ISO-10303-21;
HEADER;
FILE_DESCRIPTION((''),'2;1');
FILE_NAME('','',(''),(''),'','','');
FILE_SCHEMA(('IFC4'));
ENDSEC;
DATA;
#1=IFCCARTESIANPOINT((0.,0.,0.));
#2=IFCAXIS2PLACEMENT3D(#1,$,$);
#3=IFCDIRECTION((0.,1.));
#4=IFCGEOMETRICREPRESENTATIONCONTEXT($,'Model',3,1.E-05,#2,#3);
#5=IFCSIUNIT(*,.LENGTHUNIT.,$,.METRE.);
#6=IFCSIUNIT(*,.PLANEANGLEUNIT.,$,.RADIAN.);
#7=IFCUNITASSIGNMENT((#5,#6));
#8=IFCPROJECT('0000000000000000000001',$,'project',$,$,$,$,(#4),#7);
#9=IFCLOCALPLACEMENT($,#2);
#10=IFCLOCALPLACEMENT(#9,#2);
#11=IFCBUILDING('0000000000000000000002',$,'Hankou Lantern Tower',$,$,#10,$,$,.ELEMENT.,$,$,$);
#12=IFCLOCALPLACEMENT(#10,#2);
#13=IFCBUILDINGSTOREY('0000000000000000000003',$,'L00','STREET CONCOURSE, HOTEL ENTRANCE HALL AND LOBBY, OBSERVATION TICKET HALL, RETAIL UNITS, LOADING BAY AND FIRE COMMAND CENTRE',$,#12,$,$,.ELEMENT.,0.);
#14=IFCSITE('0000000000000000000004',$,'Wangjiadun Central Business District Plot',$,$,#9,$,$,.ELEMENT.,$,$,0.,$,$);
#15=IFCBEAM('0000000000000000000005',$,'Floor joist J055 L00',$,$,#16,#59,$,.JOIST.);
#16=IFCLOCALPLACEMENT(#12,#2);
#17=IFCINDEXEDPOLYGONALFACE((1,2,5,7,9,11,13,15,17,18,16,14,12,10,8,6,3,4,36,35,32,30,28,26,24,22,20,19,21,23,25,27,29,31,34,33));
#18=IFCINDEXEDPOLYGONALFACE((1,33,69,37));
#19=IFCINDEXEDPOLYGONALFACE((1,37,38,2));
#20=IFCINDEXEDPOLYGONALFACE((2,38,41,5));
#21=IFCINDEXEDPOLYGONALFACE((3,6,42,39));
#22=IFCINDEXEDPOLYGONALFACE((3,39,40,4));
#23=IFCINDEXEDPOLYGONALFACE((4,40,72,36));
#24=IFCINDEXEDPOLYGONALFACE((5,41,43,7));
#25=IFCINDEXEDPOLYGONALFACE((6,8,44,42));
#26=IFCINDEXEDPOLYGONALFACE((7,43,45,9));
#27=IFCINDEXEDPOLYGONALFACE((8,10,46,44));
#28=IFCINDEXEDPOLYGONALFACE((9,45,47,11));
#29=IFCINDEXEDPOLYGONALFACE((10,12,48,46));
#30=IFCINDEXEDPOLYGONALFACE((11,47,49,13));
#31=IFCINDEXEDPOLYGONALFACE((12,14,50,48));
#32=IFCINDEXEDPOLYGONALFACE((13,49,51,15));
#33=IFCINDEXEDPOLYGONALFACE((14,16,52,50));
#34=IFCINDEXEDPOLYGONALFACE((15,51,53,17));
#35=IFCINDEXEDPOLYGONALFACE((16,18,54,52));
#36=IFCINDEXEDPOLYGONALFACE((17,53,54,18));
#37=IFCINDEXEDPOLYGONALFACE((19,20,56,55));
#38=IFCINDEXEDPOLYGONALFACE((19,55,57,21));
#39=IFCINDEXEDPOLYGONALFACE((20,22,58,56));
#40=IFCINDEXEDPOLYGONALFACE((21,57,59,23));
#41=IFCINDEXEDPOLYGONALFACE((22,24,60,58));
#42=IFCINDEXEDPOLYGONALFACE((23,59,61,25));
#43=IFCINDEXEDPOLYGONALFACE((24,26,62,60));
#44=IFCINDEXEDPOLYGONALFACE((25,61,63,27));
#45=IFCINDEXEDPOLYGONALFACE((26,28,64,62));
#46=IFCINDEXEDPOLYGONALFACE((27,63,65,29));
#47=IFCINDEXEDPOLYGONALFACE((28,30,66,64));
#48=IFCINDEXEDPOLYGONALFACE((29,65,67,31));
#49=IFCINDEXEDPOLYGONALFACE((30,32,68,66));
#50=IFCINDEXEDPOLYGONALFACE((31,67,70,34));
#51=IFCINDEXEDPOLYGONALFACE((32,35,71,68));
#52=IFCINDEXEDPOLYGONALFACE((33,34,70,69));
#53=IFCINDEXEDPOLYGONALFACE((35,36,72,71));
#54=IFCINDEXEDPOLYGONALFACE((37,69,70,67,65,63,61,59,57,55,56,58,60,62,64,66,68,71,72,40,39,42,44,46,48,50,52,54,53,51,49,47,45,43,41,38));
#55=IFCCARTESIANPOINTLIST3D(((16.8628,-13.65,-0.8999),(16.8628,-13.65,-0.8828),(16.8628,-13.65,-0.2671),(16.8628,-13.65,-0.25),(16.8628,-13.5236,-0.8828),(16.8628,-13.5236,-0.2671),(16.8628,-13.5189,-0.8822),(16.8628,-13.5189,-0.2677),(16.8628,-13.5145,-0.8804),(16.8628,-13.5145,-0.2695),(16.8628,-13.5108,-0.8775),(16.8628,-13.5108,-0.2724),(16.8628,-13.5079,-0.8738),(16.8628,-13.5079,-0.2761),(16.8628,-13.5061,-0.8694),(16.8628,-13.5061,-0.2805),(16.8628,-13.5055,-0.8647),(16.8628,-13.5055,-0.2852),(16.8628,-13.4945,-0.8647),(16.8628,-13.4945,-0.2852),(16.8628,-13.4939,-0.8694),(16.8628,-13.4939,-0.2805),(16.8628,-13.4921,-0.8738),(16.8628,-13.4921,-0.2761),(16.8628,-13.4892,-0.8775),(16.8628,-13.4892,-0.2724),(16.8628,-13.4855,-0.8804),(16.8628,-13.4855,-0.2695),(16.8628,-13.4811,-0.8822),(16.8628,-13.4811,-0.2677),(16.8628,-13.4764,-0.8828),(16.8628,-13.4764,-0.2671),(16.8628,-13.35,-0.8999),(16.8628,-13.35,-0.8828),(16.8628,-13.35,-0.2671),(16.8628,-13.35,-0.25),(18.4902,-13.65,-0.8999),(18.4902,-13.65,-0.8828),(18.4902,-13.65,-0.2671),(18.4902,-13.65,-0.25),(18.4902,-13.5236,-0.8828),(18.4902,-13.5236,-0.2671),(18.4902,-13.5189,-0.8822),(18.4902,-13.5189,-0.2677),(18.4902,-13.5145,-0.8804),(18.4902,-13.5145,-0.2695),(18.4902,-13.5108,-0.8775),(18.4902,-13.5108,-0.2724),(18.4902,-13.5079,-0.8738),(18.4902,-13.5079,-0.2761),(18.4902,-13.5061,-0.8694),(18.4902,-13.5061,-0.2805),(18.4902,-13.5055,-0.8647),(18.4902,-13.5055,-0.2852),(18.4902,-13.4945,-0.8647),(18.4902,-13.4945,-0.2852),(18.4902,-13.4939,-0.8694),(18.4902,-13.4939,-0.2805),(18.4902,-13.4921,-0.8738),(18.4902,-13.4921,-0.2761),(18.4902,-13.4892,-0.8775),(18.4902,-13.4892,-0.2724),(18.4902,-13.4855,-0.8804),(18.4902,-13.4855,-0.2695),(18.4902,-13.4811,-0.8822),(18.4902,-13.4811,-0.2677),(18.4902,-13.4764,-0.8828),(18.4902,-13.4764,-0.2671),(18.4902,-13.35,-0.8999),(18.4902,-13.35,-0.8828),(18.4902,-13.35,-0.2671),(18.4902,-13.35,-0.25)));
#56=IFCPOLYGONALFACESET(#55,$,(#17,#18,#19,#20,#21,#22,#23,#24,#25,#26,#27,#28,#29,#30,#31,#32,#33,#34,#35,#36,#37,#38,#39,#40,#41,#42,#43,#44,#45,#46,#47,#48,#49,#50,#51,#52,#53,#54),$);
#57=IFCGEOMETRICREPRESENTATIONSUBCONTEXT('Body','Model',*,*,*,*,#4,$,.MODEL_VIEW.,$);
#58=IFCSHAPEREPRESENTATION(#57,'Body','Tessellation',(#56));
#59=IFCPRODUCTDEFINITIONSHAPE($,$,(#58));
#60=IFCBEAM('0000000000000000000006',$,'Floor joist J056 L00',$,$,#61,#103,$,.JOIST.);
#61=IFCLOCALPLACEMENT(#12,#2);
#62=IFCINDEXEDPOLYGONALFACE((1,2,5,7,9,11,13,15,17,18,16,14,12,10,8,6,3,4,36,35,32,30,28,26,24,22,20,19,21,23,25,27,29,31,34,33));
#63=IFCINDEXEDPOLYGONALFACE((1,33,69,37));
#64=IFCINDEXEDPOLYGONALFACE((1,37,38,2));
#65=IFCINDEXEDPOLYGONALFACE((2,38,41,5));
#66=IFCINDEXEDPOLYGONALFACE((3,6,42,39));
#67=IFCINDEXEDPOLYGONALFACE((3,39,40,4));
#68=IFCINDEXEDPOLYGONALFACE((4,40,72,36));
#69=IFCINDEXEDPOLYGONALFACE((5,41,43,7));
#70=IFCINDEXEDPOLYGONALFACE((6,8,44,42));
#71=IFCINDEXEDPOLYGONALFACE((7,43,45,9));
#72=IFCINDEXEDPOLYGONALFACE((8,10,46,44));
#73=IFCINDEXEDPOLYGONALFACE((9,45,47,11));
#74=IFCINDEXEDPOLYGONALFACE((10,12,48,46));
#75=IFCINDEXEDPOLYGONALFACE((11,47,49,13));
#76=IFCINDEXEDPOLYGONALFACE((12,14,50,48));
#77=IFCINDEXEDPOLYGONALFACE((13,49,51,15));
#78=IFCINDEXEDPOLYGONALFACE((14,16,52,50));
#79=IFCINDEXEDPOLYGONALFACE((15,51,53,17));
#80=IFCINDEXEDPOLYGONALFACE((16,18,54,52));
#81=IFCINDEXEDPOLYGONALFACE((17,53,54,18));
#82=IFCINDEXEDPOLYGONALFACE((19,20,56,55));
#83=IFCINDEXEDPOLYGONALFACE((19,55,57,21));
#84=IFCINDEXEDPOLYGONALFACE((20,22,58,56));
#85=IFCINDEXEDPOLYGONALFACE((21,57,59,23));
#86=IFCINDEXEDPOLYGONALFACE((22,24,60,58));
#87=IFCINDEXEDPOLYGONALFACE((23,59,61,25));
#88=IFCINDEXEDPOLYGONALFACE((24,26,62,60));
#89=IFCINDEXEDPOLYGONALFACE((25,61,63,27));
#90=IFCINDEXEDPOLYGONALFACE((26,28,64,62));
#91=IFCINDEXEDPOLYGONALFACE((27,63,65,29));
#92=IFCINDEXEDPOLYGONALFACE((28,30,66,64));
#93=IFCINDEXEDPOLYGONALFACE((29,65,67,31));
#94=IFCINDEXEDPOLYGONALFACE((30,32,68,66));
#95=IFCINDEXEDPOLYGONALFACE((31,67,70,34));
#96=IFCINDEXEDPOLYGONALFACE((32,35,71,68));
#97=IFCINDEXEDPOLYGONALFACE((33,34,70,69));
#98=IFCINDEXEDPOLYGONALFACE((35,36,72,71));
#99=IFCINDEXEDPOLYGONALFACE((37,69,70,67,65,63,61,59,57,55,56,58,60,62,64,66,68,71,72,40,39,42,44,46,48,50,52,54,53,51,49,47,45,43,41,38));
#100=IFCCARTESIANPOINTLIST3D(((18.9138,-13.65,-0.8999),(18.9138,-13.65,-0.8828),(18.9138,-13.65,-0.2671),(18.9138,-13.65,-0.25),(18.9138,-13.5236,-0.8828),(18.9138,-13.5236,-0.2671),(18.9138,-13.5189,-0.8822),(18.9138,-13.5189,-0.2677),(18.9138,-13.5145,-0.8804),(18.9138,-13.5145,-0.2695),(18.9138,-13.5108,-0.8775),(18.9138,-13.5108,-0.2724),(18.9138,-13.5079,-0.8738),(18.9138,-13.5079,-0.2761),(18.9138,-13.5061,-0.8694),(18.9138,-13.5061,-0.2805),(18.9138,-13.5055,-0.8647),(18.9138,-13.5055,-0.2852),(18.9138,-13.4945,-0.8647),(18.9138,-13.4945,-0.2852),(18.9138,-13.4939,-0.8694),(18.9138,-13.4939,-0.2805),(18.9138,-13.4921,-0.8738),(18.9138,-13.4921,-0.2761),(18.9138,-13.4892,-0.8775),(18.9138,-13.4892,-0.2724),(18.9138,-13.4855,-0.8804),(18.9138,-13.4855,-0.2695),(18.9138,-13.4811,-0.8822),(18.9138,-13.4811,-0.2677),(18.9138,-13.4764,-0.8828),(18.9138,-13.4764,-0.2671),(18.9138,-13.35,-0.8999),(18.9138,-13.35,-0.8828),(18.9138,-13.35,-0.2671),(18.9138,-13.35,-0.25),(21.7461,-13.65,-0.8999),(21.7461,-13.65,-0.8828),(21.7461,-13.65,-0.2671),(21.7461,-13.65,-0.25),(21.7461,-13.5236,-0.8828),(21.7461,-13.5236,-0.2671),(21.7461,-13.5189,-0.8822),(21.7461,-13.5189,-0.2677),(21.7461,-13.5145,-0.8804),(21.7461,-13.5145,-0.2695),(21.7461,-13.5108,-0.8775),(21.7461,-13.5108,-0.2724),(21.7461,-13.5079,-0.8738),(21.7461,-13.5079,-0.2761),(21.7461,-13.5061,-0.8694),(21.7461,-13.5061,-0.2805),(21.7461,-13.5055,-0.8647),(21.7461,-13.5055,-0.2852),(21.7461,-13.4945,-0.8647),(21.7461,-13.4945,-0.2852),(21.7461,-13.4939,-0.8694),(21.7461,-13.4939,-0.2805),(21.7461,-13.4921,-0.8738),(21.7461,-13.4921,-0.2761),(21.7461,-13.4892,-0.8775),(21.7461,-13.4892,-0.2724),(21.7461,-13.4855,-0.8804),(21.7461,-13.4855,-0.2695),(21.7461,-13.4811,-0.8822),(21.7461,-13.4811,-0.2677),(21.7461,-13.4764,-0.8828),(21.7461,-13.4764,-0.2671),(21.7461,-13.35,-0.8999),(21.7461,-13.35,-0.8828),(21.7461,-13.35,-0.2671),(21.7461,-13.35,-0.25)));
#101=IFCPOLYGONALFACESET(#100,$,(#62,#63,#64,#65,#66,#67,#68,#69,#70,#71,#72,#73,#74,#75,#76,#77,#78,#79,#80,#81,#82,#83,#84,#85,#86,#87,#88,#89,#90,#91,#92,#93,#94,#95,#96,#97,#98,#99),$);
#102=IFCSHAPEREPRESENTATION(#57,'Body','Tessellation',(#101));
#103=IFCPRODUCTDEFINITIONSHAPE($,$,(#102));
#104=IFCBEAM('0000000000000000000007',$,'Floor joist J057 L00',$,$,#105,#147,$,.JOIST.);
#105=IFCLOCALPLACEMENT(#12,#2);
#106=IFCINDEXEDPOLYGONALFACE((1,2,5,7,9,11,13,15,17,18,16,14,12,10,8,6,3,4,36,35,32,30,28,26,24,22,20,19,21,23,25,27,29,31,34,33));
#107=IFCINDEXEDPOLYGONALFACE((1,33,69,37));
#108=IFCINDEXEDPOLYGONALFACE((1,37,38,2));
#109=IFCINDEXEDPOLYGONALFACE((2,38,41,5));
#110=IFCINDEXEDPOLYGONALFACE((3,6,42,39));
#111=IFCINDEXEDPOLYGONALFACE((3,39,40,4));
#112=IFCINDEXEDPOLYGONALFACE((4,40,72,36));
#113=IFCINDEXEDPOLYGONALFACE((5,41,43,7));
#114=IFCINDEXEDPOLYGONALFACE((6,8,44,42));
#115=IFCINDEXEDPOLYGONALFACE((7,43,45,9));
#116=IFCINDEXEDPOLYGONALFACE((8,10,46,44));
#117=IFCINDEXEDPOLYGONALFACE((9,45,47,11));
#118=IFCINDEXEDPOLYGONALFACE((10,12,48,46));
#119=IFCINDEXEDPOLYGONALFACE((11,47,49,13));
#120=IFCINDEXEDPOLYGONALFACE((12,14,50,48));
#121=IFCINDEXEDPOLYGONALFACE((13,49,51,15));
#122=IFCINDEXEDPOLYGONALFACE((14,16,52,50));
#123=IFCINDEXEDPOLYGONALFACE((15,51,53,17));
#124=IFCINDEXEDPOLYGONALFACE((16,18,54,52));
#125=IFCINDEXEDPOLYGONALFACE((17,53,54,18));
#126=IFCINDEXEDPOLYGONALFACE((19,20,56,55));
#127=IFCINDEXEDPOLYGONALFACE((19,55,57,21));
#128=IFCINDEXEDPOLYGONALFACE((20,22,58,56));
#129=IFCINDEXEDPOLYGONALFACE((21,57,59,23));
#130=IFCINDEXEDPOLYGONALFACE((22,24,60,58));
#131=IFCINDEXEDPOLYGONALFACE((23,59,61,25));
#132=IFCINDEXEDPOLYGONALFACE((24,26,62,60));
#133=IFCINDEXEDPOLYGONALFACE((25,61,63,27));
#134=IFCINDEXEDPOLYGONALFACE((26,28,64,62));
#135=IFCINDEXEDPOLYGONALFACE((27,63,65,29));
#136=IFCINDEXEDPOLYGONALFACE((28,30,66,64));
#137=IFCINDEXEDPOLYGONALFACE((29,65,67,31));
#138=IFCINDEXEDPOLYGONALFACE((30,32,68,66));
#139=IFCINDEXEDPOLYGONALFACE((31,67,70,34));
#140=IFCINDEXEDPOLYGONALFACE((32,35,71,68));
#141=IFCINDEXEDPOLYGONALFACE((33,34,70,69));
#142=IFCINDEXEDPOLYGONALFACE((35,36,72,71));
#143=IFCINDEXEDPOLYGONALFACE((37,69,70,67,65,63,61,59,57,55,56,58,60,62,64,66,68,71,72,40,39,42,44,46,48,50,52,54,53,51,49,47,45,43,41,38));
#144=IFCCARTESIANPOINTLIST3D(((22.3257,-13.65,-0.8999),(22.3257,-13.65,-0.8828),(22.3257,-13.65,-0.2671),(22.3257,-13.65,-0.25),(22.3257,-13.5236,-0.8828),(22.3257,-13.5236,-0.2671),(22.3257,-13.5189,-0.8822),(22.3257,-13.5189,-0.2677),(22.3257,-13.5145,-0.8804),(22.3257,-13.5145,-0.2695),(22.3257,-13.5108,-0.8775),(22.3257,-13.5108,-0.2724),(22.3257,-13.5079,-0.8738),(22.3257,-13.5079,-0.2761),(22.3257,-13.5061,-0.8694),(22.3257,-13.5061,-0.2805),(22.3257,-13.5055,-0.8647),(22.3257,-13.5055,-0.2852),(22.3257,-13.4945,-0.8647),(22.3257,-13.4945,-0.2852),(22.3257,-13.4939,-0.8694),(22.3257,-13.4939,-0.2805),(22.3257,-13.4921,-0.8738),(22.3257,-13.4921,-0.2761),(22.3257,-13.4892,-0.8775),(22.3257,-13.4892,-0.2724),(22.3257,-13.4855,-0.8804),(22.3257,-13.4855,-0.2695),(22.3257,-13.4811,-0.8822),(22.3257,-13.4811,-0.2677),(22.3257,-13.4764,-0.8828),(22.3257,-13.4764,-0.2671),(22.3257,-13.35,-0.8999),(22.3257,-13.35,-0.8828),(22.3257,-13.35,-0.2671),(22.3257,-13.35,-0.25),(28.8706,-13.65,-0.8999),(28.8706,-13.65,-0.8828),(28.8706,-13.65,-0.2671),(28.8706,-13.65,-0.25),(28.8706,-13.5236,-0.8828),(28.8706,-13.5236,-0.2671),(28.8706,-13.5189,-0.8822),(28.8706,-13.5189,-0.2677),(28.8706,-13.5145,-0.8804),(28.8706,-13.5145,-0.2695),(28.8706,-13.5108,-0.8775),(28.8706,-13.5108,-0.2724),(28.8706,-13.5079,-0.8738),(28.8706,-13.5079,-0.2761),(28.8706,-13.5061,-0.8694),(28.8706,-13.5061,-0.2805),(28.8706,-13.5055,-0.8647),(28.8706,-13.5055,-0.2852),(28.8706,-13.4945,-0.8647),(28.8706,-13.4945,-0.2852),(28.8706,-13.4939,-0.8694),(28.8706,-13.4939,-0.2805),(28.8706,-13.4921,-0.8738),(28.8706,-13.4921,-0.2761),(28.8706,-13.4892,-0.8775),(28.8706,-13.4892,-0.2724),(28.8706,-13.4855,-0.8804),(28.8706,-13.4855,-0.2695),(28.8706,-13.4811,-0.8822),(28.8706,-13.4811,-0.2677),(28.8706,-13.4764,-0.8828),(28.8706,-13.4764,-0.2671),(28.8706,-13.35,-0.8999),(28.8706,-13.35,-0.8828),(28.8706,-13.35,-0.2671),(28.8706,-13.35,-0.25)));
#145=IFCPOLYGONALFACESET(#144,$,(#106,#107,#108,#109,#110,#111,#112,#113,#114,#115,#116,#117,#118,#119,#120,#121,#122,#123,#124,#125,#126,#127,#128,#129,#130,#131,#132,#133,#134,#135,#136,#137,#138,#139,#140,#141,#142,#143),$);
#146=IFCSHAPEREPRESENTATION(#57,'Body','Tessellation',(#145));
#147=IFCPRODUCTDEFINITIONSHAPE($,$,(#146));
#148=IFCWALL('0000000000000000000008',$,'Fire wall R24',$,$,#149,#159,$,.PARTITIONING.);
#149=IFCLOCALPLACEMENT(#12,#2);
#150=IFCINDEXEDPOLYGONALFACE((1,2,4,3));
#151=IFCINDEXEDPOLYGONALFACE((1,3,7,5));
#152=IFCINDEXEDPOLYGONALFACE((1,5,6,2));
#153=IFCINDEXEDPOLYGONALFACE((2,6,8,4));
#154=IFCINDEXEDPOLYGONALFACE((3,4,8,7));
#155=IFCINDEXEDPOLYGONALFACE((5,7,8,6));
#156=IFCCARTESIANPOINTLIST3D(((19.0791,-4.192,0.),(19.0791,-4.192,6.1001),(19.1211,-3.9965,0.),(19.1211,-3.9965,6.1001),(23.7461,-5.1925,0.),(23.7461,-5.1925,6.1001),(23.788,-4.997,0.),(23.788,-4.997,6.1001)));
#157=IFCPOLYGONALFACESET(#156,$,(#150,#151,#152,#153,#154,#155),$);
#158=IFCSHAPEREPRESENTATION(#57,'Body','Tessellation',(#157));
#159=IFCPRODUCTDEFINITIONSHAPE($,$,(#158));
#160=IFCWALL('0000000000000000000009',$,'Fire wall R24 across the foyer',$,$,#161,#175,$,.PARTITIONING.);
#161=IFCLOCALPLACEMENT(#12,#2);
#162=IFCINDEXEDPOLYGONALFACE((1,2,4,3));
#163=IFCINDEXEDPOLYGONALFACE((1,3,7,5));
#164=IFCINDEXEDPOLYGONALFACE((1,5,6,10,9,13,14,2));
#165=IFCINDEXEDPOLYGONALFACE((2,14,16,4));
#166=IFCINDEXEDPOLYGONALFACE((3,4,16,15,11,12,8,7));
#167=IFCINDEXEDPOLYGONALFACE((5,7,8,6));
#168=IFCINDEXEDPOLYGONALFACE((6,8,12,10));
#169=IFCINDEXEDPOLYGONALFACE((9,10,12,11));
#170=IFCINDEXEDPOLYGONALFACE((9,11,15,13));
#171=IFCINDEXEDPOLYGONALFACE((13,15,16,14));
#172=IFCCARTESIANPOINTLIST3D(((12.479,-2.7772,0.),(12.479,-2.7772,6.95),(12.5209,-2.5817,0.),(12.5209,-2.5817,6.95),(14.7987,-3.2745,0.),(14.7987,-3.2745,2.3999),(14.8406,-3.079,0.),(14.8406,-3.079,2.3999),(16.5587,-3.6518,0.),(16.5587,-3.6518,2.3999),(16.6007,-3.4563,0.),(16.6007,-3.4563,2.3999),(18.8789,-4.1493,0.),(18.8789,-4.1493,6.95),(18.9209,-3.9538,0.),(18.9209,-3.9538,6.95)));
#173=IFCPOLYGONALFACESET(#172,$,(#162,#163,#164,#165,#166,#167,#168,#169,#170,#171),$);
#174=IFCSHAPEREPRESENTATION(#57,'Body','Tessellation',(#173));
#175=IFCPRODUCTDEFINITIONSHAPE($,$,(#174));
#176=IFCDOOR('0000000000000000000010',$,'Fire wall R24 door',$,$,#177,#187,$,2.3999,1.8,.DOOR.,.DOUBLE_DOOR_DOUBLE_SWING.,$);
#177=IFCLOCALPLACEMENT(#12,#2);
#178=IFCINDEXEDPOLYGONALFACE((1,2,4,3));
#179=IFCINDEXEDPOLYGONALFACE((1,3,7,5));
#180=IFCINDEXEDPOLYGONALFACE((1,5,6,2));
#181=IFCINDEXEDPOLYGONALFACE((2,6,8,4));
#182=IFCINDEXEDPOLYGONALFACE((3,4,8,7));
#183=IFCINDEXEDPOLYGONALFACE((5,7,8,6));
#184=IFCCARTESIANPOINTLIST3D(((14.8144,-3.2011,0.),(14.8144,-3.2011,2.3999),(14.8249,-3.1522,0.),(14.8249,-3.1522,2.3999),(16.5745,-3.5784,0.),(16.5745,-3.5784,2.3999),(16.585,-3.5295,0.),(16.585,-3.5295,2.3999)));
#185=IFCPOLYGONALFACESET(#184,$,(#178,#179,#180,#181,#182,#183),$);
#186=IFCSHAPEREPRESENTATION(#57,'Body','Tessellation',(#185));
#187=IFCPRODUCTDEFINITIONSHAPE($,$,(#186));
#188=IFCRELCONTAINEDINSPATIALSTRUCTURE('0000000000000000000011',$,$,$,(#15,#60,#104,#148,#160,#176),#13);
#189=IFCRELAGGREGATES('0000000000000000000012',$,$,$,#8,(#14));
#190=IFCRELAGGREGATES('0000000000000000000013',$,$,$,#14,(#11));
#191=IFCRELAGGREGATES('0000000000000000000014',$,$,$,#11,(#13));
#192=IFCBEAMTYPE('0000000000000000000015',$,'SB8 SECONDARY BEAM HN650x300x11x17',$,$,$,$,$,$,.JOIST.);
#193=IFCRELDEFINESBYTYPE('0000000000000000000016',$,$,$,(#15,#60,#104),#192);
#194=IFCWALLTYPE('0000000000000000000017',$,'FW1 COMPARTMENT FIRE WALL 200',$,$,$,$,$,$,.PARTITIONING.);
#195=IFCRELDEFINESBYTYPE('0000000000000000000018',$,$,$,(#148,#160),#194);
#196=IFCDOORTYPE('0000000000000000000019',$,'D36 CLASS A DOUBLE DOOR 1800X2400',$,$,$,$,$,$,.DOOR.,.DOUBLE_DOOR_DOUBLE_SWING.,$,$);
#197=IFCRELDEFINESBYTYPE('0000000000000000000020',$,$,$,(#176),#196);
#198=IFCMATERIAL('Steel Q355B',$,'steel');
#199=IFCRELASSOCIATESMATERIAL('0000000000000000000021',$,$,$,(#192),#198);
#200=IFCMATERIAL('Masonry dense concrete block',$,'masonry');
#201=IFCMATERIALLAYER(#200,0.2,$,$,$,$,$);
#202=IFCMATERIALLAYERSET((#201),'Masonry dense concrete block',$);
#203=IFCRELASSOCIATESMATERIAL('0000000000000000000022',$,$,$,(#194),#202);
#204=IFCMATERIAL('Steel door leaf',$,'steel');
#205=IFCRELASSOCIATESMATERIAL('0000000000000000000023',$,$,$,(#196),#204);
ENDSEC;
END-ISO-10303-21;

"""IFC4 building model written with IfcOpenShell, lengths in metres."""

from ifc_helpers import new_model, si_unit, direction, frame, frame_2d, origin, origin_2d, place, context, subcontext, project, spatial, rectangle, i_section, extrude, material, layer, layer_set, material_profile, profile_set, type_object, element, fill, save


model = new_model("IFC4")

# Units and contexts
model_context = context("Model", 3, precision=1e-05, world=origin(), true_north=direction((0.0, 1.0)))
body_context = subcontext(model_context, "Body", "Model", "MODEL_VIEW")
ifc_project = project(units=[si_unit("LENGTHUNIT", "METRE"), si_unit("PLANEANGLEUNIT", "RADIAN")], contexts=[model_context])

# Site, building, storey
site_placement = place(None, origin())
site = spatial("IfcSite", under=ifc_project, at=site_placement, Name="Wangjiadun Central Business District Plot", CompositionType="ELEMENT", RefElevation=0.0)
building_placement = place(site_placement, origin())
building = spatial("IfcBuilding", under=site, at=building_placement, Name="Hankou Lantern Tower", CompositionType="ELEMENT")
storey_placement = place(building_placement, origin())
storey = spatial("IfcBuildingStorey", under=building, at=storey_placement, Name="L00", Description="STREET CONCOURSE, HOTEL ENTRANCE HALL AND LOBBY, OBSERVATION TICKET HALL, RETAIL UNITS, LOADING BAY AND FIRE COMMAND CENTRE", CompositionType="ELEMENT", Elevation=0.0)

# Beams
ifc_material_1 = material(Name="Steel Q355B", Category="steel")
ifc_material_profile_1 = material_profile(ifc_material_1, i_section(OverallWidth=0.3, OverallDepth=0.6499, WebThickness=0.011, FlangeThickness=0.0171, FilletRadius=0.0181, at=origin_2d()), Name="HN650x300x11x17")
ifc_profile_set_1 = profile_set([ifc_material_profile_1], Name="Steel Q355B")
beam_type_1 = type_object("IfcBeamType", Name="SB8 SECONDARY BEAM HN650x300x11x17", PredefinedType="JOIST", material=ifc_profile_set_1)
beam_1_placement = place(storey_placement, frame((16.8628, -13.5, -0.575), z_axis=(1.0, 0.0, 0.0), x_axis=(0.0, 1.0, 0.0)))
element("IfcBeam", 1, at=beam_1_placement, inside=storey, type_object=beam_type_1, Name="Floor joist J055 L00", PredefinedType="JOIST", context=body_context, shape_type="SweptSolid", body=[
    extrude(i_section(OverallWidth=0.3, OverallDepth=0.6499, WebThickness=0.011, FlangeThickness=0.0171, FilletRadius=0.0181, at=origin_2d()), origin(), (0.0, 0.0, 1.0), 1.6274),
])
beam_2_placement = place(storey_placement, frame((18.9138, -13.5, -0.575), z_axis=(1.0, 0.0, 0.0), x_axis=(0.0, 1.0, 0.0)))
element("IfcBeam", 2, at=beam_2_placement, inside=storey, type_object=beam_type_1, Name="Floor joist J056 L00", PredefinedType="JOIST", context=body_context, shape_type="SweptSolid", body=[
    extrude(i_section(OverallWidth=0.3, OverallDepth=0.6499, WebThickness=0.011, FlangeThickness=0.0171, FilletRadius=0.0181, at=origin_2d()), origin(), (0.0, 0.0, 1.0), 2.8323),
])
beam_3_placement = place(storey_placement, frame((22.3257, -13.5, -0.575), z_axis=(1.0, 0.0, 0.0), x_axis=(0.0, 1.0, 0.0)))
element("IfcBeam", 3, at=beam_3_placement, inside=storey, type_object=beam_type_1, Name="Floor joist J057 L00", PredefinedType="JOIST", context=body_context, shape_type="SweptSolid", body=[
    extrude(i_section(OverallWidth=0.3, OverallDepth=0.6499, WebThickness=0.011, FlangeThickness=0.0171, FilletRadius=0.0181, at=origin_2d()), origin(), (0.0, 0.0, 1.0), 6.5449),
])

# Wall
ifc_material_2 = material(Name="Masonry dense concrete block", Category="masonry")
ifc_layer_1 = layer(ifc_material_2, 0.2)
ifc_layer_set_1 = layer_set([ifc_layer_1], Name="Masonry dense concrete block")
wall_type_1 = type_object("IfcWallType", Name="FW1 COMPARTMENT FIRE WALL 200", PredefinedType="PARTITIONING", material=ifc_layer_set_1)
wall_1_placement = place(storey_placement, frame((19.1001, -4.0942, 0.0), z_axis=(0.0, 0.0, 1.0), x_axis=(0.977784, -0.209613, 0.0)))
element("IfcWall", 4, at=wall_1_placement, inside=storey, type_object=wall_type_1, Name="Fire wall R24", PredefinedType="PARTITIONING", context=body_context, shape_type="SweptSolid", body=[
    extrude(rectangle(XDim=4.7729, YDim=0.2, at=frame_2d((2.3865, 0.0))), origin(), (0.0, 0.0, 1.0), 6.1001),
])

# Wall, opening, door
wall_2_placement = place(storey_placement, frame((18.8999, -4.0515, 0.0), z_axis=(0.0, 0.0, 1.0), x_axis=(-0.977782, 0.209626, 0.0)))
wall_2 = element("IfcWall", 5, at=wall_2_placement, inside=storey, type_object=wall_type_1, Name="Fire wall R24 across the foyer", PredefinedType="PARTITIONING", context=body_context, shape_type="SweptSolid", body=[
    extrude(rectangle(XDim=6.5454, YDim=0.2, at=frame_2d((3.2727, 0.0))), origin(), (0.0, 0.0, 1.0), 6.95),
])
opening_1_placement = place(wall_2_placement, frame((2.373, 0.0, 0.0)))
opening_1 = element("IfcOpeningElement", 6, at=opening_1_placement, cuts=wall_2, PredefinedType="OPENING", context=body_context, shape_type="SweptSolid", body=[
    extrude(rectangle(XDim=1.8, YDim=2.3999, at=frame_2d((0.8999, 1.2))), frame((0.0, 0.1099, 0.0), z_axis=(0.0, -1.0, 0.0), x_axis=(1.0, 0.0, 0.0)), (0.0, 0.0, 1.0), 0.22),
])
ifc_material_3 = material(Name="Steel door leaf", Category="steel")
door_type_1 = type_object("IfcDoorType", Name="D36 CLASS A DOUBLE DOOR 1800X2400", OperationType="DOUBLE_DOOR_DOUBLE_SWING", PredefinedType="DOOR", material=ifc_material_3)
door_1_placement = place(opening_1_placement, origin())
door_1 = element("IfcDoor", 7, at=door_1_placement, inside=storey, type_object=door_type_1, Name="Fire wall R24 door", OperationType="DOUBLE_DOOR_DOUBLE_SWING", OverallHeight=2.3999, OverallWidth=1.8, PredefinedType="DOOR", context=body_context, shape_type="SweptSolid", body=[
    extrude(rectangle(XDim=1.8, YDim=2.3999, at=frame_2d((0.8999, 1.2))), frame((0.0, 0.0249, 0.0), z_axis=(0.0, -1.0, 0.0), x_axis=(1.0, 0.0, 0.0)), (0.0, 0.0, 1.0), 0.05),
])
fill(opening_1, door_1)

save(model, "model.ifc")
